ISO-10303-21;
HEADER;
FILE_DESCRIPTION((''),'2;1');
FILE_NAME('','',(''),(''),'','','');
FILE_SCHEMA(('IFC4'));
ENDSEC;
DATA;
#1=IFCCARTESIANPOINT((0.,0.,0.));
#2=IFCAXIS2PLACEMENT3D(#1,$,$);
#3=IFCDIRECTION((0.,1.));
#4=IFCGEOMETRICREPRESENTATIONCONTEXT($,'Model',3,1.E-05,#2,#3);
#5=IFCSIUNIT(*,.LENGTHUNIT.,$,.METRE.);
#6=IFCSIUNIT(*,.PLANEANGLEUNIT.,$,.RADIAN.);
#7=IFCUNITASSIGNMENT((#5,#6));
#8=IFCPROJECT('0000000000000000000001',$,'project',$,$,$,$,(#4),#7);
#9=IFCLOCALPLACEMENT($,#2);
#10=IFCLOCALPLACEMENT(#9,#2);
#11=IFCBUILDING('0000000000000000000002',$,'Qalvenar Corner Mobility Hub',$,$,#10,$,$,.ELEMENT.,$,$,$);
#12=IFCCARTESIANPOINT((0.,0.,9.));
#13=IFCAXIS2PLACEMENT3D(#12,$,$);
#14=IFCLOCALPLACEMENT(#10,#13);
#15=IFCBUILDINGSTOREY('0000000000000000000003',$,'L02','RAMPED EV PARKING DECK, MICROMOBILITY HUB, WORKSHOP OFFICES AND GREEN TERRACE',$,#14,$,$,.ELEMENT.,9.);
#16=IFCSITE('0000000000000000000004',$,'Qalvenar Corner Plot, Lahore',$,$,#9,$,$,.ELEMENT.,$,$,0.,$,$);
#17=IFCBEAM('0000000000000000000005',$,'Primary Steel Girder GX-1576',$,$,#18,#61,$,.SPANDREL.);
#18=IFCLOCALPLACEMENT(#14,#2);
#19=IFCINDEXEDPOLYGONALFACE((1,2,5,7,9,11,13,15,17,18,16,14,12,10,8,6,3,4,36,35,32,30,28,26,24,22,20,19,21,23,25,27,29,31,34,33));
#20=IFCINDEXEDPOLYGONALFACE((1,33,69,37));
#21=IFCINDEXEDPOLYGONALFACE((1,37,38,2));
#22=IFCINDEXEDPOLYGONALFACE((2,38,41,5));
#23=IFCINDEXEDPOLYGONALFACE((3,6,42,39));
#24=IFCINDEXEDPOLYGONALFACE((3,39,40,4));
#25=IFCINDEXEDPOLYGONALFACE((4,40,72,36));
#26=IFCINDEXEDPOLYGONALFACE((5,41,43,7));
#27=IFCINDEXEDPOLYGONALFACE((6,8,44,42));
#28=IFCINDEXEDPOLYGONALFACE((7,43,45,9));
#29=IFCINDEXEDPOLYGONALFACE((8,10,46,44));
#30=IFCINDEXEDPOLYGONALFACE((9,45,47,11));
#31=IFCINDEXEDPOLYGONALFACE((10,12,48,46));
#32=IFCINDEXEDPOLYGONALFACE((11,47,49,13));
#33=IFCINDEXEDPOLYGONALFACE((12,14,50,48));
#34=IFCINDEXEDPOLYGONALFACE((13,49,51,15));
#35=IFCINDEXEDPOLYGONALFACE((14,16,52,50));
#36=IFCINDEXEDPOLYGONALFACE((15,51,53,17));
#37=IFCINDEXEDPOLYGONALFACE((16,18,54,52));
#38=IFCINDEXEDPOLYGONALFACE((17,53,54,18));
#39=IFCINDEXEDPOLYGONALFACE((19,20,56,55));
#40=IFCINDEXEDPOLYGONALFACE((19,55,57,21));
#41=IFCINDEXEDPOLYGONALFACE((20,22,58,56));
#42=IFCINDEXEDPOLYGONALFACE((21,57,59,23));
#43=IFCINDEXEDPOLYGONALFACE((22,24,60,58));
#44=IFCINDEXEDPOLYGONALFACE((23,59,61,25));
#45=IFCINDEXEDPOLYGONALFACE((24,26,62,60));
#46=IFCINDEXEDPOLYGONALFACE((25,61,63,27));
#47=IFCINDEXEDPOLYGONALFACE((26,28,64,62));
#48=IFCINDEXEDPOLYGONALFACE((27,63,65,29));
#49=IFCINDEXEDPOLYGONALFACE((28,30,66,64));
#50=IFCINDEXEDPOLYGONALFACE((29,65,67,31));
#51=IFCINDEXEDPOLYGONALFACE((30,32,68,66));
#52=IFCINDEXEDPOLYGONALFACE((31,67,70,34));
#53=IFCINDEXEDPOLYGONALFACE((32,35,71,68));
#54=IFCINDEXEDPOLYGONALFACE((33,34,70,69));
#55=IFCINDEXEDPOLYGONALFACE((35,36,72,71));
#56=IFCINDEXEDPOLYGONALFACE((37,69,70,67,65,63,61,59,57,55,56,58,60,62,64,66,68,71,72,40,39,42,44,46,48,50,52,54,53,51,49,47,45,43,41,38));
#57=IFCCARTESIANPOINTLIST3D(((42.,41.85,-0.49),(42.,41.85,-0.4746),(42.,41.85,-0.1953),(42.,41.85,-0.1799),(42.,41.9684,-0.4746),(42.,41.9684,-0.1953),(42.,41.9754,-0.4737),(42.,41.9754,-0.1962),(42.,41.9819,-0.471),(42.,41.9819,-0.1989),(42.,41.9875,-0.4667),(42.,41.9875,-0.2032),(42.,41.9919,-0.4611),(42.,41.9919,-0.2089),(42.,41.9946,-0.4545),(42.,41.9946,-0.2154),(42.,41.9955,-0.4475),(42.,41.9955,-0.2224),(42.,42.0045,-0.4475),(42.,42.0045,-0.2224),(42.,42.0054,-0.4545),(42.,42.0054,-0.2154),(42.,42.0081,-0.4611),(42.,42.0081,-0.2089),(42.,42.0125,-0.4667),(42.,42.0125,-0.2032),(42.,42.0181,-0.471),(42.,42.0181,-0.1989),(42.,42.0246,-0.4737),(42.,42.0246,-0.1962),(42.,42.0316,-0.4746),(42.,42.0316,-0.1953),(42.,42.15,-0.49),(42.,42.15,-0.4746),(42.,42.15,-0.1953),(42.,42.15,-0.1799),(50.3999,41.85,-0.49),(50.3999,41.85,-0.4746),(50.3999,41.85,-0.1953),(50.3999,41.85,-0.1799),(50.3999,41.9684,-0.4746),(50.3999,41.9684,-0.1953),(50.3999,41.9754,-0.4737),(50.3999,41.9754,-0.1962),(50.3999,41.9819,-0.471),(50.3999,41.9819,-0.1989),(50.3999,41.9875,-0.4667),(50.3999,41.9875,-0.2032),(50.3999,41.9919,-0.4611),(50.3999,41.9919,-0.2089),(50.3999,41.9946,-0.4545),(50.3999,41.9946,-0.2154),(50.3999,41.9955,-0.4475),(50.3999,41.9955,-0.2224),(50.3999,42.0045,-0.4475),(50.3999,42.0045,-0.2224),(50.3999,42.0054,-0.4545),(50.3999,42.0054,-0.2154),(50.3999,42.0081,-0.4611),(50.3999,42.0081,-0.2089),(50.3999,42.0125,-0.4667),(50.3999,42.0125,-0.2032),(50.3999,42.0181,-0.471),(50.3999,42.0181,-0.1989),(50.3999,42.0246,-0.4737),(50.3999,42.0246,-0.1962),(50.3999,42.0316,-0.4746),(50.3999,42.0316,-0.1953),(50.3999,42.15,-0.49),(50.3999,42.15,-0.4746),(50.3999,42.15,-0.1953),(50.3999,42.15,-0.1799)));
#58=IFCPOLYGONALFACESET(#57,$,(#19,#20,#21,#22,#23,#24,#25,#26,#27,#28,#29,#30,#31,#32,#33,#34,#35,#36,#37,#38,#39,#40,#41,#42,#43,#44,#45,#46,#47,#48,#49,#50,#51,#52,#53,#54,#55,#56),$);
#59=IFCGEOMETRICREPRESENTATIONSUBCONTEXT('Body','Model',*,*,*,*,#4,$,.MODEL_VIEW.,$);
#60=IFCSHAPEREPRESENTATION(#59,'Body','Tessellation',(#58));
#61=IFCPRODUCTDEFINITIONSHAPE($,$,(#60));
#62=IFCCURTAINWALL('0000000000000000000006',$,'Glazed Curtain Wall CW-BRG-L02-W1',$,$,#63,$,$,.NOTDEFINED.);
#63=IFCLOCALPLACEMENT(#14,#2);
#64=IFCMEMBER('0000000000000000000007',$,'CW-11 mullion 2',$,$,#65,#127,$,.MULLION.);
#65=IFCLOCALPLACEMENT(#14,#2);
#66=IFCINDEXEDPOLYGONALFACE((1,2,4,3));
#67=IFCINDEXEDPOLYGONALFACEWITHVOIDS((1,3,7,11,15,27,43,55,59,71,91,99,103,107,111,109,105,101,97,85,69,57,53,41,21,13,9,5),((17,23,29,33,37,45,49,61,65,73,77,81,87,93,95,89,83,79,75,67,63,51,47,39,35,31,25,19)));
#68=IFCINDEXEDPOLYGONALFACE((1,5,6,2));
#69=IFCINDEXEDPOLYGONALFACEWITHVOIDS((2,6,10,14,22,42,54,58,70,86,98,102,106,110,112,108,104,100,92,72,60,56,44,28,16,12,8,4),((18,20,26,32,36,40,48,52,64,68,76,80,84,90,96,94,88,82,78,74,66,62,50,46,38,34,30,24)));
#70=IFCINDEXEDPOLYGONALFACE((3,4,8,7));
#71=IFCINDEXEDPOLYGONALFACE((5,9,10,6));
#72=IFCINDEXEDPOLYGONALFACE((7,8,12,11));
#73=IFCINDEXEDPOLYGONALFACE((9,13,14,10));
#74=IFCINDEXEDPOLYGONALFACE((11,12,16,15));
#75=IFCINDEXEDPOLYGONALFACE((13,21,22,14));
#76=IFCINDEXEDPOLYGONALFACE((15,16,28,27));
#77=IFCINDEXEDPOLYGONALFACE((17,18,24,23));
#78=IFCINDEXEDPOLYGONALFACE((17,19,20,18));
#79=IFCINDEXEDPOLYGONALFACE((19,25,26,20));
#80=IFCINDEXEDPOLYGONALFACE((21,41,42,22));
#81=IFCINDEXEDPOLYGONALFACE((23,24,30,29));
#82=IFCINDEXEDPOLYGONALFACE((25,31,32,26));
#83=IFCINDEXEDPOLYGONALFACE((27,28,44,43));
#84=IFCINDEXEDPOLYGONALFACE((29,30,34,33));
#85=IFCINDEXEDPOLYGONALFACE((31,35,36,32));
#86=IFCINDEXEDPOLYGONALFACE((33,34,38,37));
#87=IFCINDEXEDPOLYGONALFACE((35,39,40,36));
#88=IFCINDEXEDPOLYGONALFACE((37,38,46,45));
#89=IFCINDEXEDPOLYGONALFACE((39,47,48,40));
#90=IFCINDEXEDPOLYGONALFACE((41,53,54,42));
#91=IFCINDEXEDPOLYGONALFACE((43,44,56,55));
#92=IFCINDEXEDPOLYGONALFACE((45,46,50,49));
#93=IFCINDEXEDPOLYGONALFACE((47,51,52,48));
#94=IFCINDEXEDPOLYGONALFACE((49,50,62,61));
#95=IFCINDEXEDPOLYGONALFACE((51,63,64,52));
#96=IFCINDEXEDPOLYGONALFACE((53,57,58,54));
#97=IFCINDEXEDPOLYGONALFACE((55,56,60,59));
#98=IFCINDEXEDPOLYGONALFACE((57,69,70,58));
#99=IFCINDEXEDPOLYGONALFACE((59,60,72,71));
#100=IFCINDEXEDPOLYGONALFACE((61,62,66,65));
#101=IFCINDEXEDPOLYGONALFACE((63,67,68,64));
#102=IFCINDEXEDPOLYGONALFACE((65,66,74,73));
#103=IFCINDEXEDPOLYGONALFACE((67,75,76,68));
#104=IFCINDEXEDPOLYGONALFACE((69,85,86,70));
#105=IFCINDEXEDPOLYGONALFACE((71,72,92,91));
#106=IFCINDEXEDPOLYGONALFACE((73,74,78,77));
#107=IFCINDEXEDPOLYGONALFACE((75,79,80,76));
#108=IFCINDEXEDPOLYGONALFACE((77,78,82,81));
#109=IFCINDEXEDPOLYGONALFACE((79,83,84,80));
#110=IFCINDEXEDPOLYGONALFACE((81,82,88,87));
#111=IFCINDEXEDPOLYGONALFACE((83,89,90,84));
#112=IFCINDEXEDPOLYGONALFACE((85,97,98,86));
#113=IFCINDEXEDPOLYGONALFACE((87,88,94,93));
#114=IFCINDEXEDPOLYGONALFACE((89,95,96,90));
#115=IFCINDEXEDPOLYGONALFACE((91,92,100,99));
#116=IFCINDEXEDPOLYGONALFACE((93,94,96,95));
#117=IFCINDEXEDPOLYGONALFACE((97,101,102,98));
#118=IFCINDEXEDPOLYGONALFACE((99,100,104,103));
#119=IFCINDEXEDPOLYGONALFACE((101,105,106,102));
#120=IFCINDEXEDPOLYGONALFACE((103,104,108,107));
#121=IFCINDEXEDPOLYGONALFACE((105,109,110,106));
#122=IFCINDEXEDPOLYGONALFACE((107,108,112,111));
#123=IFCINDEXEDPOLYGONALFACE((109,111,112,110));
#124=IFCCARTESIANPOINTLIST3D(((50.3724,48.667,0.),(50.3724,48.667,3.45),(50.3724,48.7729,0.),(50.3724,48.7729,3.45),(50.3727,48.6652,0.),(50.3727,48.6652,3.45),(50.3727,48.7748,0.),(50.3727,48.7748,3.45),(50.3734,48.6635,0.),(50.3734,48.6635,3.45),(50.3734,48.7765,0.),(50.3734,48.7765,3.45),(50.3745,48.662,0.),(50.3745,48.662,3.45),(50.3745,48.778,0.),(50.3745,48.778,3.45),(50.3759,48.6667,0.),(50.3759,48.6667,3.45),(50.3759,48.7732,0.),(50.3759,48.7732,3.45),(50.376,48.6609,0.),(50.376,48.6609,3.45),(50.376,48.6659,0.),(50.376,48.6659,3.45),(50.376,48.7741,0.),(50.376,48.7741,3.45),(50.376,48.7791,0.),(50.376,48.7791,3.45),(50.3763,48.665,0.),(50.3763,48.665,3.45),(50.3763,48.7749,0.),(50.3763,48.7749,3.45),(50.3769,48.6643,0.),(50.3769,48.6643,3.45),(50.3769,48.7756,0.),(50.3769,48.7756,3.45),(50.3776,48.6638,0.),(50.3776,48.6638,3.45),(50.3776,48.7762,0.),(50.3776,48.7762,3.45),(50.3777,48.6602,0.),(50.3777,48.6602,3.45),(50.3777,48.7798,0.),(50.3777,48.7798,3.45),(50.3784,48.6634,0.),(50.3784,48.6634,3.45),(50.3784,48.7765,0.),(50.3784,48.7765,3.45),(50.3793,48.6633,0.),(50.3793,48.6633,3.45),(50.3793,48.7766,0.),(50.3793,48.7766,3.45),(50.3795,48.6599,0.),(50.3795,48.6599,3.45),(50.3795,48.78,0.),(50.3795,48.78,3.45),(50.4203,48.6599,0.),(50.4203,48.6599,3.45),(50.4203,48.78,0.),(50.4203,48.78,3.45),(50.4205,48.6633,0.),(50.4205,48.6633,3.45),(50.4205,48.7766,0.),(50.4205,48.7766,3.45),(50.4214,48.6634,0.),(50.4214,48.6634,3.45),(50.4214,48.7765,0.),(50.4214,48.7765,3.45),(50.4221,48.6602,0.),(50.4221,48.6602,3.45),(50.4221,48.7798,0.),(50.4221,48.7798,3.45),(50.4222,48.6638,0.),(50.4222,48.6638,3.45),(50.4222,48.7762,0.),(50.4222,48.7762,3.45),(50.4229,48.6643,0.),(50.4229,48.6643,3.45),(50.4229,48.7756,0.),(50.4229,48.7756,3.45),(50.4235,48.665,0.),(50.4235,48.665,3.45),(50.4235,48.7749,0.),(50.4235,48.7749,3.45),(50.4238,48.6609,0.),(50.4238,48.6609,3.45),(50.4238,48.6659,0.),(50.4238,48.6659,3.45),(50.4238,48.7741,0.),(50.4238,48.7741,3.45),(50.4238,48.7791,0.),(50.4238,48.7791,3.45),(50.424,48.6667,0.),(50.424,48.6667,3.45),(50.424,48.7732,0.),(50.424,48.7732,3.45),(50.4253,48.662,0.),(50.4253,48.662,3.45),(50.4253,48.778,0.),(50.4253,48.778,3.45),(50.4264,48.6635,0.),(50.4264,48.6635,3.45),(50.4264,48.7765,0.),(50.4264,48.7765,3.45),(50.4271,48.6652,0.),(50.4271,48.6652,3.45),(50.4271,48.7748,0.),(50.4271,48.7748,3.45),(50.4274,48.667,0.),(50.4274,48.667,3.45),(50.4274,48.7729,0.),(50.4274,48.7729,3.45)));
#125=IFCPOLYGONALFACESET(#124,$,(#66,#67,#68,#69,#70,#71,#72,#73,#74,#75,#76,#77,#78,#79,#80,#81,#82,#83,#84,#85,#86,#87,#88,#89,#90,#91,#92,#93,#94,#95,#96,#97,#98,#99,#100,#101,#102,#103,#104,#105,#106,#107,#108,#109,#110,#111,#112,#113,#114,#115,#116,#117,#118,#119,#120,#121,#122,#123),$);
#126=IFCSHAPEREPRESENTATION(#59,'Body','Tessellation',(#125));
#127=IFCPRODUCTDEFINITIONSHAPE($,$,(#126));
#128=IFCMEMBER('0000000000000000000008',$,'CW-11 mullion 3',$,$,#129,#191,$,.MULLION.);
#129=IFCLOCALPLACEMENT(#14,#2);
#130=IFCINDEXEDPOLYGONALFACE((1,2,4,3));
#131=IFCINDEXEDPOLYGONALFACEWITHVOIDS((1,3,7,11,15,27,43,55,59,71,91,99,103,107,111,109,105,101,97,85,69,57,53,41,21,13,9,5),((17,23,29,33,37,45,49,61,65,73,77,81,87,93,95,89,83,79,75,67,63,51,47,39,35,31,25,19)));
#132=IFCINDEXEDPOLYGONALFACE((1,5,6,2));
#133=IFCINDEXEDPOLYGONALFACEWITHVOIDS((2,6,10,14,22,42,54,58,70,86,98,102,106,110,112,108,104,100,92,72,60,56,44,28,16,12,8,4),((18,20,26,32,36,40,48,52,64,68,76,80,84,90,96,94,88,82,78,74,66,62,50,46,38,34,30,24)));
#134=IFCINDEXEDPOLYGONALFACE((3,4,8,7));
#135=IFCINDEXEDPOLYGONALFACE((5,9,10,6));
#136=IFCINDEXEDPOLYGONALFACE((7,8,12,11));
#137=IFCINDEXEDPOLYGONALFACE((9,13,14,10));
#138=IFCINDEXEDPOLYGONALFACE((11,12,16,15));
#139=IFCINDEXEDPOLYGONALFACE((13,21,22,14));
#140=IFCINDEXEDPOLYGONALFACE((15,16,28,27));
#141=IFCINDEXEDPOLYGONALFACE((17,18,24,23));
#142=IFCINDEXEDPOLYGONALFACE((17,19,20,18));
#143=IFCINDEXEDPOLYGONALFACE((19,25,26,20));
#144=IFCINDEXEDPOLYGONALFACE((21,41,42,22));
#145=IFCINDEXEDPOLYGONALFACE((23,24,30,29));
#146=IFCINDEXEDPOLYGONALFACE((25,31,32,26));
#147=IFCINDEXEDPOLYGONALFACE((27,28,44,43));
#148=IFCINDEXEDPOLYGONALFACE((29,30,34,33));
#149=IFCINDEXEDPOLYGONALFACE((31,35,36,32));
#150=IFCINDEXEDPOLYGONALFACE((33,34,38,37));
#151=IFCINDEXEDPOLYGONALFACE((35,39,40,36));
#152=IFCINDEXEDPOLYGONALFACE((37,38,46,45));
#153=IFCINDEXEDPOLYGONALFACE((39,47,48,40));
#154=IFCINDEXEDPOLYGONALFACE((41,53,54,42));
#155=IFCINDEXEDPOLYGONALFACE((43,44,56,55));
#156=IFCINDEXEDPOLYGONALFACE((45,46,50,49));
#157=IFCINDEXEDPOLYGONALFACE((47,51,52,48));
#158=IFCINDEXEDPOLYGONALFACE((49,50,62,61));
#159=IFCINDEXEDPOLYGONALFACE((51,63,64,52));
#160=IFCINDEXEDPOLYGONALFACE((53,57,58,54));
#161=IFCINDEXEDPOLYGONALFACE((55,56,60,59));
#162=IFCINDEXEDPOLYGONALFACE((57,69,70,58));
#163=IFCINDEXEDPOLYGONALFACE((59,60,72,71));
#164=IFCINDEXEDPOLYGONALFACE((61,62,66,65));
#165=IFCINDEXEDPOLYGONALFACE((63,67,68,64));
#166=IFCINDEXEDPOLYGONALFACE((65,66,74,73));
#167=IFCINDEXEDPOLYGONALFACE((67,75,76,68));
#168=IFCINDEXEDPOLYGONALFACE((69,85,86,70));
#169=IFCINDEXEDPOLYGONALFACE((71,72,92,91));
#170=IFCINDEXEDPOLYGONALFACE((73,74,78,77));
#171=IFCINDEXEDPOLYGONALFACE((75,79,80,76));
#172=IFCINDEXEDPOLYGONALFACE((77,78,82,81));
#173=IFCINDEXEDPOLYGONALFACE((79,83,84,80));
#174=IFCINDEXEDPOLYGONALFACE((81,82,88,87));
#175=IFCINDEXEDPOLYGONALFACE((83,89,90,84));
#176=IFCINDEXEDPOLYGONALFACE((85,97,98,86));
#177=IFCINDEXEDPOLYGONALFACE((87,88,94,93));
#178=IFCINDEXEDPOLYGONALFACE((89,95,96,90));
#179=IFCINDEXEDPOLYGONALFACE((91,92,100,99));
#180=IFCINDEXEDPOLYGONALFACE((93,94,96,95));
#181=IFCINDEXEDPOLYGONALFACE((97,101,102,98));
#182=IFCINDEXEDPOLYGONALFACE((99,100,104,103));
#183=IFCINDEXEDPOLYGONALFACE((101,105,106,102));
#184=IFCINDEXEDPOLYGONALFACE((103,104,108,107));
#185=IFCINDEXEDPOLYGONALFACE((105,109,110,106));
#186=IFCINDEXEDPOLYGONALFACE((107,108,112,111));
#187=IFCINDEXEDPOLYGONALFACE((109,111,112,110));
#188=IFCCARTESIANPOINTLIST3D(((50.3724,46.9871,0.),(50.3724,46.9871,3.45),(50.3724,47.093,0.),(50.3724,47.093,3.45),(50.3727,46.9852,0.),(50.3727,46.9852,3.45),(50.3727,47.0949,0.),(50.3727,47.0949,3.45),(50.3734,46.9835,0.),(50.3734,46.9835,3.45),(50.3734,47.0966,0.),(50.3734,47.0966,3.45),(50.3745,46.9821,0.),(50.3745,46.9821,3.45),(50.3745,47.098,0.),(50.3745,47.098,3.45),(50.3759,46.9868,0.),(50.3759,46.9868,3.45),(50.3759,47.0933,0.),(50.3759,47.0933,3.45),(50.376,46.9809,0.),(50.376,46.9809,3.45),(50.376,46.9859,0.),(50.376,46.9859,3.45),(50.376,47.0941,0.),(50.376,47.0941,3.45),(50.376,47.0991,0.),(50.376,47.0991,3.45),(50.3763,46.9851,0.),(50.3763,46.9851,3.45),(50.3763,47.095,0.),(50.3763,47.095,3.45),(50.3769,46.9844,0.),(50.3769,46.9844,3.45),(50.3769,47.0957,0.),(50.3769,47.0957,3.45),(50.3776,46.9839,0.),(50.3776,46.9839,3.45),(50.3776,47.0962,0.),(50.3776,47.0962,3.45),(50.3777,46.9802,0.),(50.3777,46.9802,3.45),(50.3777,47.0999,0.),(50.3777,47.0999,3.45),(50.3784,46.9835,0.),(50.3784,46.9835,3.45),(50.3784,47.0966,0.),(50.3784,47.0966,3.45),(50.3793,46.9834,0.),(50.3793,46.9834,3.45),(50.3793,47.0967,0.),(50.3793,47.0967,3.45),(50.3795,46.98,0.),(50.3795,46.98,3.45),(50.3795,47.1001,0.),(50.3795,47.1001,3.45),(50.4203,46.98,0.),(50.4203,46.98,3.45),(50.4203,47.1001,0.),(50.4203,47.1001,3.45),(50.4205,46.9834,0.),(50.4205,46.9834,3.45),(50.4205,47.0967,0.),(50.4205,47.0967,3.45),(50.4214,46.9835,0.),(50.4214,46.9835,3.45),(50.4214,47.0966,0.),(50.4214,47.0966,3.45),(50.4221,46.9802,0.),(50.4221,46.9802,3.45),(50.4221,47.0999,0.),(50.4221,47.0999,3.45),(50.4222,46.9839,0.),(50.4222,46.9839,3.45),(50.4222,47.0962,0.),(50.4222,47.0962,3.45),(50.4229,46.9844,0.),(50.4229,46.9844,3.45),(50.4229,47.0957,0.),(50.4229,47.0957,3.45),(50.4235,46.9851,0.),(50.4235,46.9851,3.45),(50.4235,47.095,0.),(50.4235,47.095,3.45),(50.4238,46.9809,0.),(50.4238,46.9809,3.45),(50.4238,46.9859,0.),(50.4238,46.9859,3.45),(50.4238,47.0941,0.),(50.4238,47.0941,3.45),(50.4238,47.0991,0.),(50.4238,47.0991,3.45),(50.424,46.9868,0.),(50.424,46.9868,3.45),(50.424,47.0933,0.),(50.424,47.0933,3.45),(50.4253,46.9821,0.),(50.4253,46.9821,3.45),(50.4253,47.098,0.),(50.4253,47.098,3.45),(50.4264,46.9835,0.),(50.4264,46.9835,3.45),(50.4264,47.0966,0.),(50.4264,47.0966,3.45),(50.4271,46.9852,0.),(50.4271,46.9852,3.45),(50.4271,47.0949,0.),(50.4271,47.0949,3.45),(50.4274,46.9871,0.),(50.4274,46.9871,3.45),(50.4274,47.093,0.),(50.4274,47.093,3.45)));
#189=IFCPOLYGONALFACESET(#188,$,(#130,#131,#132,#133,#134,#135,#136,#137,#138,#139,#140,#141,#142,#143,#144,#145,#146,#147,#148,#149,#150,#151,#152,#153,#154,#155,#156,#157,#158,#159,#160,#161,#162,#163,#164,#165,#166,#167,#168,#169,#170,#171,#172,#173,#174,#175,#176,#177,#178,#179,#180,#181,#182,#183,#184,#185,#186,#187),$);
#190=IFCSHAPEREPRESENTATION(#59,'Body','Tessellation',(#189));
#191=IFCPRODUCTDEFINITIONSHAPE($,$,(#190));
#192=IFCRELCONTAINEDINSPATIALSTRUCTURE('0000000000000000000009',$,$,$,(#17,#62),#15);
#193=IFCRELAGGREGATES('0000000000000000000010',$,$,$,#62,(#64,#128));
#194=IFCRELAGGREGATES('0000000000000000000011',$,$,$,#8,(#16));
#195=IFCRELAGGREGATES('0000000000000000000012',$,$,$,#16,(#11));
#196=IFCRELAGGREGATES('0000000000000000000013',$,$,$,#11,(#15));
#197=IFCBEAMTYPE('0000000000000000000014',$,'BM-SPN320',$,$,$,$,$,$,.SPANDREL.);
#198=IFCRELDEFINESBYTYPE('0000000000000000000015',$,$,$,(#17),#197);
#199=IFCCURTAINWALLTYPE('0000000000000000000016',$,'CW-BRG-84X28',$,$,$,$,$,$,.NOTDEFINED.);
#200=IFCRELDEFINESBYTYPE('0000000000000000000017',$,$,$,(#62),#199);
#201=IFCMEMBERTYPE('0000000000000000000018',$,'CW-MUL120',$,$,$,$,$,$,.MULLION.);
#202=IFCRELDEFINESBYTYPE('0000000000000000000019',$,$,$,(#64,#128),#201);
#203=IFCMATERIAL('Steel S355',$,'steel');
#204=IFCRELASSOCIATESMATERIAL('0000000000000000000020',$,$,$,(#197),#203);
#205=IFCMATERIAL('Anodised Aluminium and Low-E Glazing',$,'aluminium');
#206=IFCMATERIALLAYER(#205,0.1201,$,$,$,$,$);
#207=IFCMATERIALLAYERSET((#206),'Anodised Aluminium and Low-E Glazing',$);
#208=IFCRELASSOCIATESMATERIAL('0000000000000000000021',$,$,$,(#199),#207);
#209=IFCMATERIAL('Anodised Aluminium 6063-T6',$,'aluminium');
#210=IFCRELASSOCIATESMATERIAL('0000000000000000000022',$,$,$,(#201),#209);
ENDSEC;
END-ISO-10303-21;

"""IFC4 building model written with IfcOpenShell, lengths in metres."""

from ifc_helpers import new_model, si_unit, direction, frame, origin, origin_2d, place, context, subcontext, project, spatial, hollow_rectangle, i_section, extrude, material, layer, layer_set, material_profile, profile_set, type_object, element, aggregate, save


model = new_model("IFC4")

# Units and contexts
model_context = context("Model", 3, precision=1e-05, world=origin(), true_north=direction((0.0, 1.0)))
body_context = subcontext(model_context, "Body", "Model", "MODEL_VIEW")
ifc_project = project(units=[si_unit("LENGTHUNIT", "METRE"), si_unit("PLANEANGLEUNIT", "RADIAN")], contexts=[model_context])

# Site, building, storey
site_placement = place(None, origin())
site = spatial("IfcSite", under=ifc_project, at=site_placement, Name="Qalvenar Corner Plot, Lahore", CompositionType="ELEMENT", RefElevation=0.0)
building_placement = place(site_placement, origin())
building = spatial("IfcBuilding", under=site, at=building_placement, Name="Qalvenar Corner Mobility Hub", CompositionType="ELEMENT")
storey_placement = place(building_placement, frame((0.0, 0.0, 9.0)))
storey = spatial("IfcBuildingStorey", under=building, at=storey_placement, Name="L02", Description="RAMPED EV PARKING DECK, MICROMOBILITY HUB, WORKSHOP OFFICES AND GREEN TERRACE", CompositionType="ELEMENT", Elevation=9.0)

# Shared definitions
ifc_material_1 = material(Name="Steel S355", Category="steel")

# Beam
ifc_material_profile_1 = material_profile(ifc_material_1, i_section(OverallWidth=0.3, OverallDepth=0.3101, WebThickness=0.009, FlangeThickness=0.0154, FilletRadius=0.0271, at=origin_2d()), Name="HEA320")
ifc_profile_set_1 = profile_set([ifc_material_profile_1], Name="Steel S355")
beam_type_1 = type_object("IfcBeamType", Name="BM-SPN320", PredefinedType="SPANDREL", material=ifc_profile_set_1)
beam_1_placement = place(storey_placement, frame((42.0, 42.0, -0.335), z_axis=(1.0, 0.0, 0.0), x_axis=(0.0, 1.0, 0.0)))
element("IfcBeam", 1, at=beam_1_placement, inside=storey, type_object=beam_type_1, Name="Primary Steel Girder GX-1576", PredefinedType="SPANDREL", context=body_context, shape_type="SweptSolid", body=[
    extrude(i_section(OverallWidth=0.3, OverallDepth=0.3101, WebThickness=0.009, FlangeThickness=0.0154, FilletRadius=0.0271, at=origin_2d()), origin(), (0.0, 0.0, 1.0), 8.3999),
])

# Curtain wall, members
ifc_material_2 = material(Name="Anodised Aluminium and Low-E Glazing", Category="aluminium")
ifc_layer_1 = layer(ifc_material_2, 0.1201)
ifc_layer_set_1 = layer_set([ifc_layer_1], Name="Anodised Aluminium and Low-E Glazing")
curtain_wall_type = type_object("IfcCurtainWallType", Name="CW-BRG-84X28", PredefinedType="NOTDEFINED", material=ifc_layer_set_1)
curtain_wall_placement = place(storey_placement, origin())
curtain_wall = element("IfcCurtainWall", 2, at=curtain_wall_placement, inside=storey, type_object=curtain_wall_type, Name="Glazed Curtain Wall CW-BRG-L02-W1", PredefinedType="NOTDEFINED")
ifc_material_3 = material(Name="Anodised Aluminium 6063-T6", Category="aluminium")
ifc_material_profile_2 = material_profile(ifc_material_3, hollow_rectangle(XDim=0.0549, YDim=0.1201, WallThickness=0.0034, InnerFilletRadius=0.0034, OuterFilletRadius=0.0071, at=origin_2d()), Name="RHS120x55x3.5")
ifc_profile_set_2 = profile_set([ifc_material_profile_2], Name="Anodised Aluminium 6063-T6")
member_type_1 = type_object("IfcMemberType", Name="CW-MUL120", PredefinedType="MULLION", material=ifc_profile_set_2)
member_1_placement = place(storey_placement, frame((50.3999, 48.72, 0.0), z_axis=(0.0, 0.0, 1.0), x_axis=(1.0, 0.0, 0.0)))
member_1 = element("IfcMember", 3, at=member_1_placement, type_object=member_type_1, Name="CW-11 mullion 2", PredefinedType="MULLION", context=body_context, shape_type="SweptSolid", body=[
    extrude(hollow_rectangle(XDim=0.0549, YDim=0.1201, WallThickness=0.0034, InnerFilletRadius=0.0034, OuterFilletRadius=0.0071, at=origin_2d()), origin(), (0.0, 0.0, 1.0), 3.45),
])
member_2_placement = place(storey_placement, frame((50.3999, 47.04, 0.0), z_axis=(0.0, 0.0, 1.0), x_axis=(1.0, 0.0, 0.0)))
member_2 = element("IfcMember", 4, at=member_2_placement, type_object=member_type_1, Name="CW-11 mullion 3", PredefinedType="MULLION", context=body_context, shape_type="SweptSolid", body=[
    extrude(hollow_rectangle(XDim=0.0549, YDim=0.1201, WallThickness=0.0034, InnerFilletRadius=0.0034, OuterFilletRadius=0.0071, at=origin_2d()), origin(), (0.0, 0.0, 1.0), 3.45),
])
aggregate(curtain_wall, [member_1, member_2])

save(model, "model.ifc")
